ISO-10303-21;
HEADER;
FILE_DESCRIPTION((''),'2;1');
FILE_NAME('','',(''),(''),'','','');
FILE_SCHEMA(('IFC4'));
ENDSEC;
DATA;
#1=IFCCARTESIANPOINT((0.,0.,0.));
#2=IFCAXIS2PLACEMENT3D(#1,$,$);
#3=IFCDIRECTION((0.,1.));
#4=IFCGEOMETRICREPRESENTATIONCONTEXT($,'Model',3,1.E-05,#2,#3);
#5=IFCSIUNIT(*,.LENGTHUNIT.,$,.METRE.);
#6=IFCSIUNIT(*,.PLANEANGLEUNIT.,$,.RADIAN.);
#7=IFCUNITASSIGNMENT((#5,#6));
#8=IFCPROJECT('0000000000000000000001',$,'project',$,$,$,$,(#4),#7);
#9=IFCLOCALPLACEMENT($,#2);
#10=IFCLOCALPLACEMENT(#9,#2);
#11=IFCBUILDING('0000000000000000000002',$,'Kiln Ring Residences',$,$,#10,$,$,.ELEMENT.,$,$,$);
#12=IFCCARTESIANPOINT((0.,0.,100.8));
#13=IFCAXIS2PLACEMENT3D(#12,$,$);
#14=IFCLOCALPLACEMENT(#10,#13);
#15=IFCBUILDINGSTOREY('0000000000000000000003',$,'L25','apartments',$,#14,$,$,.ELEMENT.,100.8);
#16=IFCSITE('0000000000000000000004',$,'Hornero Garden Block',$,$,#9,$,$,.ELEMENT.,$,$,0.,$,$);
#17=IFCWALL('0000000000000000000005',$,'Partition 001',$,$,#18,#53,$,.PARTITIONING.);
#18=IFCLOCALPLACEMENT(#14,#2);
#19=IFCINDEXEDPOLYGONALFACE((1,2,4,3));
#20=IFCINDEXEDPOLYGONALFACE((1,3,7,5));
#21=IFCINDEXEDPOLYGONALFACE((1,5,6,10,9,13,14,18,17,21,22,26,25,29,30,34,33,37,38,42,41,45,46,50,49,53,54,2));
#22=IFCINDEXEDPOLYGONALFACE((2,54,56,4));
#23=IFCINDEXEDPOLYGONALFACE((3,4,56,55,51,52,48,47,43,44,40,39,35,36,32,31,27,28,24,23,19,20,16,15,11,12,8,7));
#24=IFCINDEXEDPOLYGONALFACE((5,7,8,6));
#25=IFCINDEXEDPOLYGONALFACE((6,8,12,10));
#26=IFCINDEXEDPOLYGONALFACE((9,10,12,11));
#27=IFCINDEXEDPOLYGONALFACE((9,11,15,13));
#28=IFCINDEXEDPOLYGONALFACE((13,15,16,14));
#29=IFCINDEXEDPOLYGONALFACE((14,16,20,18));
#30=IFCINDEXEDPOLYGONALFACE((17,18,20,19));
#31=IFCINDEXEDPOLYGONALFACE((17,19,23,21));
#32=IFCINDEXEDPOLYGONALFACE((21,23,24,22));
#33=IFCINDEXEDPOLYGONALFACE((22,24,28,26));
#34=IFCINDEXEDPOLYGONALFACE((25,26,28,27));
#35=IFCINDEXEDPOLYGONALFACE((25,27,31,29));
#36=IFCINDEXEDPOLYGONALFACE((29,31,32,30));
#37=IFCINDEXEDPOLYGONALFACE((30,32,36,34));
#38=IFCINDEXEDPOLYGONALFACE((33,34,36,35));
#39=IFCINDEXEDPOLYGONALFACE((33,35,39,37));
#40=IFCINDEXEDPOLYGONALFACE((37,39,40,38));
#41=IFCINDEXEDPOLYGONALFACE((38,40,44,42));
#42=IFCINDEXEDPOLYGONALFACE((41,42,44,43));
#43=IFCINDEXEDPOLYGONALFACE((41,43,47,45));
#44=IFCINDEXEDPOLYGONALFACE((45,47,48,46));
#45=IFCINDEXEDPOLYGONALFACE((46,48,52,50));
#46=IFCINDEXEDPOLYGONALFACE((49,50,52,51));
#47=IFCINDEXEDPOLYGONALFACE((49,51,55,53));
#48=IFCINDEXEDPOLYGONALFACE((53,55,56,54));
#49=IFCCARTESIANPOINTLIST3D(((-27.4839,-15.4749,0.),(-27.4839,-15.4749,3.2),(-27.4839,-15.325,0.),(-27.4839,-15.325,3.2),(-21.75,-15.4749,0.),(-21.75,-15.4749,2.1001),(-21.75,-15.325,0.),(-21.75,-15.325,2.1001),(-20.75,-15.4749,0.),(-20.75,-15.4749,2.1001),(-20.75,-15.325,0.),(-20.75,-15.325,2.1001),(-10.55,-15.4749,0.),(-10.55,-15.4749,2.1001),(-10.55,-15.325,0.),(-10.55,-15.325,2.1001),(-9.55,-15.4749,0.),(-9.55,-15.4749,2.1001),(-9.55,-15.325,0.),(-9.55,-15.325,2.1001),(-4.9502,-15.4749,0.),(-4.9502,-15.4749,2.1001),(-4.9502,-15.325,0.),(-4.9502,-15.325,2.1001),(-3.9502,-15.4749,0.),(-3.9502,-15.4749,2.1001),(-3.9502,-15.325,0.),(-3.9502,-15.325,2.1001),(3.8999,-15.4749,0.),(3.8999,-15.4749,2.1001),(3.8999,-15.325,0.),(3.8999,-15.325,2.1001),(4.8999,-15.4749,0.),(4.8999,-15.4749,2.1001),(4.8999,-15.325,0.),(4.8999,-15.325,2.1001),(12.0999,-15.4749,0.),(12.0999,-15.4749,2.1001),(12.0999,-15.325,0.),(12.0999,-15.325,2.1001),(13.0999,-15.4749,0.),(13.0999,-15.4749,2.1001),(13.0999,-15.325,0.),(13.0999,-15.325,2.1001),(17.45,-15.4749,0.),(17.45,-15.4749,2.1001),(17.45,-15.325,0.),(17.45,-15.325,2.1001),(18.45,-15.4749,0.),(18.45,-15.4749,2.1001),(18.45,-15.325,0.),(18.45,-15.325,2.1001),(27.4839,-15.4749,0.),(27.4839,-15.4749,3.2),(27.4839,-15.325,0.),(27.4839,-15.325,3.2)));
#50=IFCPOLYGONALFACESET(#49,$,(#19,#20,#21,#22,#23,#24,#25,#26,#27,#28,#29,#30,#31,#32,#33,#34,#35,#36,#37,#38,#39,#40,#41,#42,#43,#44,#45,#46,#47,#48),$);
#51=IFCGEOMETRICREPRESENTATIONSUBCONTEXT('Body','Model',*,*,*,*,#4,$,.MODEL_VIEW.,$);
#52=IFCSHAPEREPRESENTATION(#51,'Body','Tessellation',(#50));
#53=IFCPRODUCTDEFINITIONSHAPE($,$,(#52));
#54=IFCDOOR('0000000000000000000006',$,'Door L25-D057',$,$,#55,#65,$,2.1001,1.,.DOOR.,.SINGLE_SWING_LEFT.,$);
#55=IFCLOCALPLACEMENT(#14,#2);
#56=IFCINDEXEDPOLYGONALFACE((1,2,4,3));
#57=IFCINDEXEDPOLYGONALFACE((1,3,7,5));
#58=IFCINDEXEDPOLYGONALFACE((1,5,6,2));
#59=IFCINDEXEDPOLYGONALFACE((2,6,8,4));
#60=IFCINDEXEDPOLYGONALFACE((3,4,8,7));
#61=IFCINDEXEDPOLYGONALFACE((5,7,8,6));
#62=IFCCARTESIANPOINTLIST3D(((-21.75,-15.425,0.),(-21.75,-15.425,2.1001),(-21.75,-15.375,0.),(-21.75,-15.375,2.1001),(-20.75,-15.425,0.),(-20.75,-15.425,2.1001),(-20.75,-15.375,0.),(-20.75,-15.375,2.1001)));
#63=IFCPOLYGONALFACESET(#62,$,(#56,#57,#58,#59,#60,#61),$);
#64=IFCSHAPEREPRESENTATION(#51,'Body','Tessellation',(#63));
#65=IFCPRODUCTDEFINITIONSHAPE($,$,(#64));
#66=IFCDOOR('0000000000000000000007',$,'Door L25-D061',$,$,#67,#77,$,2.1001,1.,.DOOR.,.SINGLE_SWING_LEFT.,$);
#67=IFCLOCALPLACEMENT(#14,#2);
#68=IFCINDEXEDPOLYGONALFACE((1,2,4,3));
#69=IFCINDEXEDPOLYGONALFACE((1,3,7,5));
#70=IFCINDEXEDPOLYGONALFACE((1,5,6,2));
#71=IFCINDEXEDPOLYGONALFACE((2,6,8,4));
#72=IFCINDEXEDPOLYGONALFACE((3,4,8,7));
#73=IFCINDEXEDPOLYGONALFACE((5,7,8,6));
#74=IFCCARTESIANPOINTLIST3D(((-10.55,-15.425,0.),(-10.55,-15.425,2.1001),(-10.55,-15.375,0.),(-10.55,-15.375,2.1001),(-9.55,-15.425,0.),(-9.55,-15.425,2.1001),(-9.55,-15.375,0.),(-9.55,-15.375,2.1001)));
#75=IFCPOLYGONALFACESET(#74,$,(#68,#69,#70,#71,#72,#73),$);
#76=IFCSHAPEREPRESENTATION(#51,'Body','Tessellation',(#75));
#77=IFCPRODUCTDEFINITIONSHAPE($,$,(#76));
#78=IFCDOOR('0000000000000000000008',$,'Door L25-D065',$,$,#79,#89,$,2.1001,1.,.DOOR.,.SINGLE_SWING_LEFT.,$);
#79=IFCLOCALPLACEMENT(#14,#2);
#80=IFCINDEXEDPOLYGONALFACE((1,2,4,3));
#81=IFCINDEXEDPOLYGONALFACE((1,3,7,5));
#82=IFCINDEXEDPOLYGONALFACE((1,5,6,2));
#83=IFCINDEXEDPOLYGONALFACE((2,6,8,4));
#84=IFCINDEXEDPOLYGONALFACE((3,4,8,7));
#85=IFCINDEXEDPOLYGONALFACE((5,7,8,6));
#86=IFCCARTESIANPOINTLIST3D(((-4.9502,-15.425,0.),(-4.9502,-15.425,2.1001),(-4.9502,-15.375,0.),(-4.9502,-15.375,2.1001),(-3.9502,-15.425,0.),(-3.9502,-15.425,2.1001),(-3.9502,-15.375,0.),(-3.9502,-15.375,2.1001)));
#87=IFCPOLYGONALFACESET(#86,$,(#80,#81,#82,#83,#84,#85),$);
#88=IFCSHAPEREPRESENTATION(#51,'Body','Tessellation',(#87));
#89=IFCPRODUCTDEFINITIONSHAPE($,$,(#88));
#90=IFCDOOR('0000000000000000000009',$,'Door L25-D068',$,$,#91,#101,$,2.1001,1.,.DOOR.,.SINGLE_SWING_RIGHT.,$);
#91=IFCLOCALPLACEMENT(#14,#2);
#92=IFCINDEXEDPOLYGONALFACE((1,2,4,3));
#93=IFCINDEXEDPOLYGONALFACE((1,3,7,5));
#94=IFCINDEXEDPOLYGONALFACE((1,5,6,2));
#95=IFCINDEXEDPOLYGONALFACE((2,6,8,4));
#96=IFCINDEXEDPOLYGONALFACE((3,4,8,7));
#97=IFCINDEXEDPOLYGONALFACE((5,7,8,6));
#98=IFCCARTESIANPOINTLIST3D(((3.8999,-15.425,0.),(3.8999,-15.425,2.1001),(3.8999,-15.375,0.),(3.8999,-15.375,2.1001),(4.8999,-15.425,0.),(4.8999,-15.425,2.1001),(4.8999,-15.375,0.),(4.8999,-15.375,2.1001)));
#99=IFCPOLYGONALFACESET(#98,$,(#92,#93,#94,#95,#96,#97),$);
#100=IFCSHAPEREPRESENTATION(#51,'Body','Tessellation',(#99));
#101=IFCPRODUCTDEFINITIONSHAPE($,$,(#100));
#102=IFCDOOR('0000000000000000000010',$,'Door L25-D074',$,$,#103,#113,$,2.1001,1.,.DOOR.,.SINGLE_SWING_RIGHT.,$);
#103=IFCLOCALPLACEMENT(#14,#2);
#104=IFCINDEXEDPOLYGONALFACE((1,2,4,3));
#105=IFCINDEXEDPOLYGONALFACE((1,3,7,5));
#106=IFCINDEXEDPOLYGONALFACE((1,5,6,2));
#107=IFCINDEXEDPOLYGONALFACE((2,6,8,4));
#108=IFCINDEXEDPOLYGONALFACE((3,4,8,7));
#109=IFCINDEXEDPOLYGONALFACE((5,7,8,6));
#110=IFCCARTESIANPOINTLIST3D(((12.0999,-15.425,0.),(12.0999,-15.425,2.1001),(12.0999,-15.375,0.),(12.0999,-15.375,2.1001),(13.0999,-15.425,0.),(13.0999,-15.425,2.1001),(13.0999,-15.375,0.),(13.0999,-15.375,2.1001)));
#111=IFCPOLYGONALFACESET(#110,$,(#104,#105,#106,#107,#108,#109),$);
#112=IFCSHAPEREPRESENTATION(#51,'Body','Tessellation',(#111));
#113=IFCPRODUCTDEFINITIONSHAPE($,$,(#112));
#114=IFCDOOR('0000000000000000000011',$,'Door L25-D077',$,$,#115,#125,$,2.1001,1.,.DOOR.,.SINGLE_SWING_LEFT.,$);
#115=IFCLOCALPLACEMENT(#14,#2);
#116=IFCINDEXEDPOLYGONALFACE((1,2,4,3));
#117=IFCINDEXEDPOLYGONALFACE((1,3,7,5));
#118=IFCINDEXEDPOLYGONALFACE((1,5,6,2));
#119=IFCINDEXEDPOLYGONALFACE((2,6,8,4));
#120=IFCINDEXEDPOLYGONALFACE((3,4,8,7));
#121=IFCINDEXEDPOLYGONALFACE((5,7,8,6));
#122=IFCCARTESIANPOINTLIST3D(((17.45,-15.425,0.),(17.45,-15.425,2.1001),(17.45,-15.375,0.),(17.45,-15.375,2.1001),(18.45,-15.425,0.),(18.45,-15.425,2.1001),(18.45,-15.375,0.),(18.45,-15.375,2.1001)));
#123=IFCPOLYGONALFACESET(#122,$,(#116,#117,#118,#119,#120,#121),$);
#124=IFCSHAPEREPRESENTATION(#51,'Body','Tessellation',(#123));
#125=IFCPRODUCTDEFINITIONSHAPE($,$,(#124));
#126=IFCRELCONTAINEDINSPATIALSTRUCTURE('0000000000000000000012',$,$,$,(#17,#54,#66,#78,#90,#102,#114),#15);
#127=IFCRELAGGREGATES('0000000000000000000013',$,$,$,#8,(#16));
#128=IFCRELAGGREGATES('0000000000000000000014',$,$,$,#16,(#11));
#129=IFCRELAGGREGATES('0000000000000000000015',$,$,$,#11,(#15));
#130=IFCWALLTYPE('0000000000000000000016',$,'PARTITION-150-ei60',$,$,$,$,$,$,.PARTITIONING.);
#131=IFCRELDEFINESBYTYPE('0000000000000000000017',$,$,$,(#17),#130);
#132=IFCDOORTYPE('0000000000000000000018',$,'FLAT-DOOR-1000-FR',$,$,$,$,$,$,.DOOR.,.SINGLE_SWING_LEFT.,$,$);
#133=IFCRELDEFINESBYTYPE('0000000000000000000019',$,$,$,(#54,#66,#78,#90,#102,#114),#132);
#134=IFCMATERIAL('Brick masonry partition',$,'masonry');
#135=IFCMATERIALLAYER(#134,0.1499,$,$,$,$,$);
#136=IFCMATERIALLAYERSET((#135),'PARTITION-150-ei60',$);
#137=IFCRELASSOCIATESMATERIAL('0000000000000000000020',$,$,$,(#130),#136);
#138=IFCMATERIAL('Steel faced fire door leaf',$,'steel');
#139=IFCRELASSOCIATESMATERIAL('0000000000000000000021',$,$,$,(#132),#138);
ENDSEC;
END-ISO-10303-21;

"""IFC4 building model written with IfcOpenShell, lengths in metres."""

from ifc_helpers import new_model, si_unit, direction, frame, frame_2d, origin, place, context, subcontext, project, spatial, rectangle, extrude, material, layer, layer_set, type_object, element, fill, save


model = new_model("IFC4")

# Units and contexts
model_context = context("Model", 3, precision=1e-05, world=origin(), true_north=direction((0.0, 1.0)))
body_context = subcontext(model_context, "Body", "Model", "MODEL_VIEW")
ifc_project = project(units=[si_unit("LENGTHUNIT", "METRE"), si_unit("PLANEANGLEUNIT", "RADIAN")], contexts=[model_context])

# Site, building, storey
site_placement = place(None, origin())
site = spatial("IfcSite", under=ifc_project, at=site_placement, Name="Hornero Garden Block", CompositionType="ELEMENT", RefElevation=0.0)
building_placement = place(site_placement, origin())
building = spatial("IfcBuilding", under=site, at=building_placement, Name="Kiln Ring Residences", CompositionType="ELEMENT")
storey_placement = place(building_placement, frame((0.0, 0.0, 100.8)))
storey = spatial("IfcBuildingStorey", under=building, at=storey_placement, Name="L25", Description="apartments", CompositionType="ELEMENT", Elevation=100.8)

# Wall, openings, doors
ifc_material_1 = material(Name="Brick masonry partition", Category="masonry")
ifc_layer_1 = layer(ifc_material_1, 0.1499)
ifc_layer_set_1 = layer_set([ifc_layer_1], Name="PARTITION-150-ei60")
wall_type_1 = type_object("IfcWallType", Name="PARTITION-150-ei60", PredefinedType="PARTITIONING", material=ifc_layer_set_1)
wall_1_placement = place(storey_placement, frame((-27.4839, -15.3999, 0.0), z_axis=(0.0, 0.0, 1.0), x_axis=(1.0, 0.0, 0.0)))
wall_1 = element("IfcWall", 1, at=wall_1_placement, inside=storey, type_object=wall_type_1, Name="Partition 001", PredefinedType="PARTITIONING", context=body_context, shape_type="SweptSolid", body=[
    extrude(rectangle(XDim=54.9678, YDim=0.1499, at=frame_2d((27.4839, 0.0))), origin(), (0.0, 0.0, 1.0), 3.2),
])
opening_1_placement = place(wall_1_placement, frame((5.7339, 0.0, 0.0)))
opening_1 = element("IfcOpeningElement", 2, at=opening_1_placement, cuts=wall_1, PredefinedType="OPENING", context=body_context, shape_type="SweptSolid", body=[
    extrude(rectangle(XDim=1.0, YDim=2.1001, at=frame_2d((0.5, 1.05))), frame((0.0, 0.085, 0.0), z_axis=(0.0, -1.0, 0.0), x_axis=(1.0, 0.0, 0.0)), (0.0, 0.0, 1.0), 0.1699),
])
opening_2_placement = place(wall_1_placement, frame((16.9338, 0.0, 0.0)))
opening_2 = element("IfcOpeningElement", 3, at=opening_2_placement, cuts=wall_1, PredefinedType="OPENING", context=body_context, shape_type="SweptSolid", body=[
    extrude(rectangle(XDim=1.0, YDim=2.1001, at=frame_2d((0.5, 1.05))), frame((0.0, 0.085, 0.0), z_axis=(0.0, -1.0, 0.0), x_axis=(1.0, 0.0, 0.0)), (0.0, 0.0, 1.0), 0.1699),
])
opening_3_placement = place(wall_1_placement, frame((22.5337, 0.0, 0.0)))
opening_3 = element("IfcOpeningElement", 4, at=opening_3_placement, cuts=wall_1, PredefinedType="OPENING", context=body_context, shape_type="SweptSolid", body=[
    extrude(rectangle(XDim=1.0, YDim=2.1001, at=frame_2d((0.5, 1.05))), frame((0.0, 0.085, 0.0), z_axis=(0.0, -1.0, 0.0), x_axis=(1.0, 0.0, 0.0)), (0.0, 0.0, 1.0), 0.1699),
])
opening_4_placement = place(wall_1_placement, frame((31.3838, 0.0, 0.0)))
opening_4 = element("IfcOpeningElement", 5, at=opening_4_placement, cuts=wall_1, PredefinedType="OPENING", context=body_context, shape_type="SweptSolid", body=[
    extrude(rectangle(XDim=1.0, YDim=2.1001, at=frame_2d((0.5, 1.05))), frame((0.0, 0.085, 0.0), z_axis=(0.0, -1.0, 0.0), x_axis=(1.0, 0.0, 0.0)), (0.0, 0.0, 1.0), 0.1699),
])
opening_5_placement = place(wall_1_placement, frame((39.5837, 0.0, 0.0)))
opening_5 = element("IfcOpeningElement", 6, at=opening_5_placement, cuts=wall_1, PredefinedType="OPENING", context=body_context, shape_type="SweptSolid", body=[
    extrude(rectangle(XDim=1.0, YDim=2.1001, at=frame_2d((0.5, 1.05))), frame((0.0, 0.085, 0.0), z_axis=(0.0, -1.0, 0.0), x_axis=(1.0, 0.0, 0.0)), (0.0, 0.0, 1.0), 0.1699),
])
opening_6_placement = place(wall_1_placement, frame((44.9338, 0.0, 0.0)))
opening_6 = element("IfcOpeningElement", 7, at=opening_6_placement, cuts=wall_1, PredefinedType="OPENING", context=body_context, shape_type="SweptSolid", body=[
    extrude(rectangle(XDim=1.0, YDim=2.1001, at=frame_2d((0.5, 1.05))), frame((0.0, 0.085, 0.0), z_axis=(0.0, -1.0, 0.0), x_axis=(1.0, 0.0, 0.0)), (0.0, 0.0, 1.0), 0.1699),
])
ifc_material_2 = material(Name="Steel faced fire door leaf", Category="steel")
door_type_1 = type_object("IfcDoorType", Name="FLAT-DOOR-1000-FR", OperationType="SINGLE_SWING_LEFT", PredefinedType="DOOR", material=ifc_material_2)
door_1_placement = place(opening_1_placement, origin())
door_1 = element("IfcDoor", 8, at=door_1_placement, inside=storey, type_object=door_type_1, Name="Door L25-D057", OperationType="SINGLE_SWING_LEFT", OverallHeight=2.1001, OverallWidth=1.0, PredefinedType="DOOR", context=body_context, shape_type="SweptSolid", body=[
    extrude(rectangle(XDim=1.0, YDim=2.1001, at=frame_2d((0.5, 1.05))), frame((0.0, 0.0249, 0.0), z_axis=(0.0, -1.0, 0.0), x_axis=(1.0, 0.0, 0.0)), (0.0, 0.0, 1.0), 0.05),
])
fill(opening_1, door_1)
door_2_placement = place(opening_2_placement, origin())
door_2 = element("IfcDoor", 9, at=door_2_placement, inside=storey, type_object=door_type_1, Name="Door L25-D061", OperationType="SINGLE_SWING_LEFT", OverallHeight=2.1001, OverallWidth=1.0, PredefinedType="DOOR", context=body_context, shape_type="SweptSolid", body=[
    extrude(rectangle(XDim=1.0, YDim=2.1001, at=frame_2d((0.5, 1.05))), frame((0.0, 0.0249, 0.0), z_axis=(0.0, -1.0, 0.0), x_axis=(1.0, 0.0, 0.0)), (0.0, 0.0, 1.0), 0.05),
])
fill(opening_2, door_2)
door_3_placement = place(opening_3_placement, origin())
door_3 = element("IfcDoor", 10, at=door_3_placement, inside=storey, type_object=door_type_1, Name="Door L25-D065", OperationType="SINGLE_SWING_LEFT", OverallHeight=2.1001, OverallWidth=1.0, PredefinedType="DOOR", context=body_context, shape_type="SweptSolid", body=[
    extrude(rectangle(XDim=1.0, YDim=2.1001, at=frame_2d((0.5, 1.05))), frame((0.0, 0.0249, 0.0), z_axis=(0.0, -1.0, 0.0), x_axis=(1.0, 0.0, 0.0)), (0.0, 0.0, 1.0), 0.05),
])
fill(opening_3, door_3)
door_4_placement = place(opening_4_placement, origin())
door_4 = element("IfcDoor", 11, at=door_4_placement, inside=storey, type_object=door_type_1, Name="Door L25-D068", OperationType="SINGLE_SWING_RIGHT", OverallHeight=2.1001, OverallWidth=1.0, PredefinedType="DOOR", context=body_context, shape_type="SweptSolid", body=[
    extrude(rectangle(XDim=1.0, YDim=2.1001, at=frame_2d((0.5, 1.05))), frame((0.0, 0.0249, 0.0), z_axis=(0.0, -1.0, 0.0), x_axis=(1.0, 0.0, 0.0)), (0.0, 0.0, 1.0), 0.05),
])
fill(opening_4, door_4)
door_5_placement = place(opening_5_placement, origin())
door_5 = element("IfcDoor", 12, at=door_5_placement, inside=storey, type_object=door_type_1, Name="Door L25-D074", OperationType="SINGLE_SWING_RIGHT", OverallHeight=2.1001, OverallWidth=1.0, PredefinedType="DOOR", context=body_context, shape_type="SweptSolid", body=[
    extrude(rectangle(XDim=1.0, YDim=2.1001, at=frame_2d((0.5, 1.05))), frame((0.0, 0.0249, 0.0), z_axis=(0.0, -1.0, 0.0), x_axis=(1.0, 0.0, 0.0)), (0.0, 0.0, 1.0), 0.05),
])
fill(opening_5, door_5)
door_6_placement = place(opening_6_placement, origin())
door_6 = element("IfcDoor", 13, at=door_6_placement, inside=storey, type_object=door_type_1, Name="Door L25-D077", OperationType="SINGLE_SWING_LEFT", OverallHeight=2.1001, OverallWidth=1.0, PredefinedType="DOOR", context=body_context, shape_type="SweptSolid", body=[
    extrude(rectangle(XDim=1.0, YDim=2.1001, at=frame_2d((0.5, 1.05))), frame((0.0, 0.0249, 0.0), z_axis=(0.0, -1.0, 0.0), x_axis=(1.0, 0.0, 0.0)), (0.0, 0.0, 1.0), 0.05),
])
fill(opening_6, door_6)

save(model, "model.ifc")
